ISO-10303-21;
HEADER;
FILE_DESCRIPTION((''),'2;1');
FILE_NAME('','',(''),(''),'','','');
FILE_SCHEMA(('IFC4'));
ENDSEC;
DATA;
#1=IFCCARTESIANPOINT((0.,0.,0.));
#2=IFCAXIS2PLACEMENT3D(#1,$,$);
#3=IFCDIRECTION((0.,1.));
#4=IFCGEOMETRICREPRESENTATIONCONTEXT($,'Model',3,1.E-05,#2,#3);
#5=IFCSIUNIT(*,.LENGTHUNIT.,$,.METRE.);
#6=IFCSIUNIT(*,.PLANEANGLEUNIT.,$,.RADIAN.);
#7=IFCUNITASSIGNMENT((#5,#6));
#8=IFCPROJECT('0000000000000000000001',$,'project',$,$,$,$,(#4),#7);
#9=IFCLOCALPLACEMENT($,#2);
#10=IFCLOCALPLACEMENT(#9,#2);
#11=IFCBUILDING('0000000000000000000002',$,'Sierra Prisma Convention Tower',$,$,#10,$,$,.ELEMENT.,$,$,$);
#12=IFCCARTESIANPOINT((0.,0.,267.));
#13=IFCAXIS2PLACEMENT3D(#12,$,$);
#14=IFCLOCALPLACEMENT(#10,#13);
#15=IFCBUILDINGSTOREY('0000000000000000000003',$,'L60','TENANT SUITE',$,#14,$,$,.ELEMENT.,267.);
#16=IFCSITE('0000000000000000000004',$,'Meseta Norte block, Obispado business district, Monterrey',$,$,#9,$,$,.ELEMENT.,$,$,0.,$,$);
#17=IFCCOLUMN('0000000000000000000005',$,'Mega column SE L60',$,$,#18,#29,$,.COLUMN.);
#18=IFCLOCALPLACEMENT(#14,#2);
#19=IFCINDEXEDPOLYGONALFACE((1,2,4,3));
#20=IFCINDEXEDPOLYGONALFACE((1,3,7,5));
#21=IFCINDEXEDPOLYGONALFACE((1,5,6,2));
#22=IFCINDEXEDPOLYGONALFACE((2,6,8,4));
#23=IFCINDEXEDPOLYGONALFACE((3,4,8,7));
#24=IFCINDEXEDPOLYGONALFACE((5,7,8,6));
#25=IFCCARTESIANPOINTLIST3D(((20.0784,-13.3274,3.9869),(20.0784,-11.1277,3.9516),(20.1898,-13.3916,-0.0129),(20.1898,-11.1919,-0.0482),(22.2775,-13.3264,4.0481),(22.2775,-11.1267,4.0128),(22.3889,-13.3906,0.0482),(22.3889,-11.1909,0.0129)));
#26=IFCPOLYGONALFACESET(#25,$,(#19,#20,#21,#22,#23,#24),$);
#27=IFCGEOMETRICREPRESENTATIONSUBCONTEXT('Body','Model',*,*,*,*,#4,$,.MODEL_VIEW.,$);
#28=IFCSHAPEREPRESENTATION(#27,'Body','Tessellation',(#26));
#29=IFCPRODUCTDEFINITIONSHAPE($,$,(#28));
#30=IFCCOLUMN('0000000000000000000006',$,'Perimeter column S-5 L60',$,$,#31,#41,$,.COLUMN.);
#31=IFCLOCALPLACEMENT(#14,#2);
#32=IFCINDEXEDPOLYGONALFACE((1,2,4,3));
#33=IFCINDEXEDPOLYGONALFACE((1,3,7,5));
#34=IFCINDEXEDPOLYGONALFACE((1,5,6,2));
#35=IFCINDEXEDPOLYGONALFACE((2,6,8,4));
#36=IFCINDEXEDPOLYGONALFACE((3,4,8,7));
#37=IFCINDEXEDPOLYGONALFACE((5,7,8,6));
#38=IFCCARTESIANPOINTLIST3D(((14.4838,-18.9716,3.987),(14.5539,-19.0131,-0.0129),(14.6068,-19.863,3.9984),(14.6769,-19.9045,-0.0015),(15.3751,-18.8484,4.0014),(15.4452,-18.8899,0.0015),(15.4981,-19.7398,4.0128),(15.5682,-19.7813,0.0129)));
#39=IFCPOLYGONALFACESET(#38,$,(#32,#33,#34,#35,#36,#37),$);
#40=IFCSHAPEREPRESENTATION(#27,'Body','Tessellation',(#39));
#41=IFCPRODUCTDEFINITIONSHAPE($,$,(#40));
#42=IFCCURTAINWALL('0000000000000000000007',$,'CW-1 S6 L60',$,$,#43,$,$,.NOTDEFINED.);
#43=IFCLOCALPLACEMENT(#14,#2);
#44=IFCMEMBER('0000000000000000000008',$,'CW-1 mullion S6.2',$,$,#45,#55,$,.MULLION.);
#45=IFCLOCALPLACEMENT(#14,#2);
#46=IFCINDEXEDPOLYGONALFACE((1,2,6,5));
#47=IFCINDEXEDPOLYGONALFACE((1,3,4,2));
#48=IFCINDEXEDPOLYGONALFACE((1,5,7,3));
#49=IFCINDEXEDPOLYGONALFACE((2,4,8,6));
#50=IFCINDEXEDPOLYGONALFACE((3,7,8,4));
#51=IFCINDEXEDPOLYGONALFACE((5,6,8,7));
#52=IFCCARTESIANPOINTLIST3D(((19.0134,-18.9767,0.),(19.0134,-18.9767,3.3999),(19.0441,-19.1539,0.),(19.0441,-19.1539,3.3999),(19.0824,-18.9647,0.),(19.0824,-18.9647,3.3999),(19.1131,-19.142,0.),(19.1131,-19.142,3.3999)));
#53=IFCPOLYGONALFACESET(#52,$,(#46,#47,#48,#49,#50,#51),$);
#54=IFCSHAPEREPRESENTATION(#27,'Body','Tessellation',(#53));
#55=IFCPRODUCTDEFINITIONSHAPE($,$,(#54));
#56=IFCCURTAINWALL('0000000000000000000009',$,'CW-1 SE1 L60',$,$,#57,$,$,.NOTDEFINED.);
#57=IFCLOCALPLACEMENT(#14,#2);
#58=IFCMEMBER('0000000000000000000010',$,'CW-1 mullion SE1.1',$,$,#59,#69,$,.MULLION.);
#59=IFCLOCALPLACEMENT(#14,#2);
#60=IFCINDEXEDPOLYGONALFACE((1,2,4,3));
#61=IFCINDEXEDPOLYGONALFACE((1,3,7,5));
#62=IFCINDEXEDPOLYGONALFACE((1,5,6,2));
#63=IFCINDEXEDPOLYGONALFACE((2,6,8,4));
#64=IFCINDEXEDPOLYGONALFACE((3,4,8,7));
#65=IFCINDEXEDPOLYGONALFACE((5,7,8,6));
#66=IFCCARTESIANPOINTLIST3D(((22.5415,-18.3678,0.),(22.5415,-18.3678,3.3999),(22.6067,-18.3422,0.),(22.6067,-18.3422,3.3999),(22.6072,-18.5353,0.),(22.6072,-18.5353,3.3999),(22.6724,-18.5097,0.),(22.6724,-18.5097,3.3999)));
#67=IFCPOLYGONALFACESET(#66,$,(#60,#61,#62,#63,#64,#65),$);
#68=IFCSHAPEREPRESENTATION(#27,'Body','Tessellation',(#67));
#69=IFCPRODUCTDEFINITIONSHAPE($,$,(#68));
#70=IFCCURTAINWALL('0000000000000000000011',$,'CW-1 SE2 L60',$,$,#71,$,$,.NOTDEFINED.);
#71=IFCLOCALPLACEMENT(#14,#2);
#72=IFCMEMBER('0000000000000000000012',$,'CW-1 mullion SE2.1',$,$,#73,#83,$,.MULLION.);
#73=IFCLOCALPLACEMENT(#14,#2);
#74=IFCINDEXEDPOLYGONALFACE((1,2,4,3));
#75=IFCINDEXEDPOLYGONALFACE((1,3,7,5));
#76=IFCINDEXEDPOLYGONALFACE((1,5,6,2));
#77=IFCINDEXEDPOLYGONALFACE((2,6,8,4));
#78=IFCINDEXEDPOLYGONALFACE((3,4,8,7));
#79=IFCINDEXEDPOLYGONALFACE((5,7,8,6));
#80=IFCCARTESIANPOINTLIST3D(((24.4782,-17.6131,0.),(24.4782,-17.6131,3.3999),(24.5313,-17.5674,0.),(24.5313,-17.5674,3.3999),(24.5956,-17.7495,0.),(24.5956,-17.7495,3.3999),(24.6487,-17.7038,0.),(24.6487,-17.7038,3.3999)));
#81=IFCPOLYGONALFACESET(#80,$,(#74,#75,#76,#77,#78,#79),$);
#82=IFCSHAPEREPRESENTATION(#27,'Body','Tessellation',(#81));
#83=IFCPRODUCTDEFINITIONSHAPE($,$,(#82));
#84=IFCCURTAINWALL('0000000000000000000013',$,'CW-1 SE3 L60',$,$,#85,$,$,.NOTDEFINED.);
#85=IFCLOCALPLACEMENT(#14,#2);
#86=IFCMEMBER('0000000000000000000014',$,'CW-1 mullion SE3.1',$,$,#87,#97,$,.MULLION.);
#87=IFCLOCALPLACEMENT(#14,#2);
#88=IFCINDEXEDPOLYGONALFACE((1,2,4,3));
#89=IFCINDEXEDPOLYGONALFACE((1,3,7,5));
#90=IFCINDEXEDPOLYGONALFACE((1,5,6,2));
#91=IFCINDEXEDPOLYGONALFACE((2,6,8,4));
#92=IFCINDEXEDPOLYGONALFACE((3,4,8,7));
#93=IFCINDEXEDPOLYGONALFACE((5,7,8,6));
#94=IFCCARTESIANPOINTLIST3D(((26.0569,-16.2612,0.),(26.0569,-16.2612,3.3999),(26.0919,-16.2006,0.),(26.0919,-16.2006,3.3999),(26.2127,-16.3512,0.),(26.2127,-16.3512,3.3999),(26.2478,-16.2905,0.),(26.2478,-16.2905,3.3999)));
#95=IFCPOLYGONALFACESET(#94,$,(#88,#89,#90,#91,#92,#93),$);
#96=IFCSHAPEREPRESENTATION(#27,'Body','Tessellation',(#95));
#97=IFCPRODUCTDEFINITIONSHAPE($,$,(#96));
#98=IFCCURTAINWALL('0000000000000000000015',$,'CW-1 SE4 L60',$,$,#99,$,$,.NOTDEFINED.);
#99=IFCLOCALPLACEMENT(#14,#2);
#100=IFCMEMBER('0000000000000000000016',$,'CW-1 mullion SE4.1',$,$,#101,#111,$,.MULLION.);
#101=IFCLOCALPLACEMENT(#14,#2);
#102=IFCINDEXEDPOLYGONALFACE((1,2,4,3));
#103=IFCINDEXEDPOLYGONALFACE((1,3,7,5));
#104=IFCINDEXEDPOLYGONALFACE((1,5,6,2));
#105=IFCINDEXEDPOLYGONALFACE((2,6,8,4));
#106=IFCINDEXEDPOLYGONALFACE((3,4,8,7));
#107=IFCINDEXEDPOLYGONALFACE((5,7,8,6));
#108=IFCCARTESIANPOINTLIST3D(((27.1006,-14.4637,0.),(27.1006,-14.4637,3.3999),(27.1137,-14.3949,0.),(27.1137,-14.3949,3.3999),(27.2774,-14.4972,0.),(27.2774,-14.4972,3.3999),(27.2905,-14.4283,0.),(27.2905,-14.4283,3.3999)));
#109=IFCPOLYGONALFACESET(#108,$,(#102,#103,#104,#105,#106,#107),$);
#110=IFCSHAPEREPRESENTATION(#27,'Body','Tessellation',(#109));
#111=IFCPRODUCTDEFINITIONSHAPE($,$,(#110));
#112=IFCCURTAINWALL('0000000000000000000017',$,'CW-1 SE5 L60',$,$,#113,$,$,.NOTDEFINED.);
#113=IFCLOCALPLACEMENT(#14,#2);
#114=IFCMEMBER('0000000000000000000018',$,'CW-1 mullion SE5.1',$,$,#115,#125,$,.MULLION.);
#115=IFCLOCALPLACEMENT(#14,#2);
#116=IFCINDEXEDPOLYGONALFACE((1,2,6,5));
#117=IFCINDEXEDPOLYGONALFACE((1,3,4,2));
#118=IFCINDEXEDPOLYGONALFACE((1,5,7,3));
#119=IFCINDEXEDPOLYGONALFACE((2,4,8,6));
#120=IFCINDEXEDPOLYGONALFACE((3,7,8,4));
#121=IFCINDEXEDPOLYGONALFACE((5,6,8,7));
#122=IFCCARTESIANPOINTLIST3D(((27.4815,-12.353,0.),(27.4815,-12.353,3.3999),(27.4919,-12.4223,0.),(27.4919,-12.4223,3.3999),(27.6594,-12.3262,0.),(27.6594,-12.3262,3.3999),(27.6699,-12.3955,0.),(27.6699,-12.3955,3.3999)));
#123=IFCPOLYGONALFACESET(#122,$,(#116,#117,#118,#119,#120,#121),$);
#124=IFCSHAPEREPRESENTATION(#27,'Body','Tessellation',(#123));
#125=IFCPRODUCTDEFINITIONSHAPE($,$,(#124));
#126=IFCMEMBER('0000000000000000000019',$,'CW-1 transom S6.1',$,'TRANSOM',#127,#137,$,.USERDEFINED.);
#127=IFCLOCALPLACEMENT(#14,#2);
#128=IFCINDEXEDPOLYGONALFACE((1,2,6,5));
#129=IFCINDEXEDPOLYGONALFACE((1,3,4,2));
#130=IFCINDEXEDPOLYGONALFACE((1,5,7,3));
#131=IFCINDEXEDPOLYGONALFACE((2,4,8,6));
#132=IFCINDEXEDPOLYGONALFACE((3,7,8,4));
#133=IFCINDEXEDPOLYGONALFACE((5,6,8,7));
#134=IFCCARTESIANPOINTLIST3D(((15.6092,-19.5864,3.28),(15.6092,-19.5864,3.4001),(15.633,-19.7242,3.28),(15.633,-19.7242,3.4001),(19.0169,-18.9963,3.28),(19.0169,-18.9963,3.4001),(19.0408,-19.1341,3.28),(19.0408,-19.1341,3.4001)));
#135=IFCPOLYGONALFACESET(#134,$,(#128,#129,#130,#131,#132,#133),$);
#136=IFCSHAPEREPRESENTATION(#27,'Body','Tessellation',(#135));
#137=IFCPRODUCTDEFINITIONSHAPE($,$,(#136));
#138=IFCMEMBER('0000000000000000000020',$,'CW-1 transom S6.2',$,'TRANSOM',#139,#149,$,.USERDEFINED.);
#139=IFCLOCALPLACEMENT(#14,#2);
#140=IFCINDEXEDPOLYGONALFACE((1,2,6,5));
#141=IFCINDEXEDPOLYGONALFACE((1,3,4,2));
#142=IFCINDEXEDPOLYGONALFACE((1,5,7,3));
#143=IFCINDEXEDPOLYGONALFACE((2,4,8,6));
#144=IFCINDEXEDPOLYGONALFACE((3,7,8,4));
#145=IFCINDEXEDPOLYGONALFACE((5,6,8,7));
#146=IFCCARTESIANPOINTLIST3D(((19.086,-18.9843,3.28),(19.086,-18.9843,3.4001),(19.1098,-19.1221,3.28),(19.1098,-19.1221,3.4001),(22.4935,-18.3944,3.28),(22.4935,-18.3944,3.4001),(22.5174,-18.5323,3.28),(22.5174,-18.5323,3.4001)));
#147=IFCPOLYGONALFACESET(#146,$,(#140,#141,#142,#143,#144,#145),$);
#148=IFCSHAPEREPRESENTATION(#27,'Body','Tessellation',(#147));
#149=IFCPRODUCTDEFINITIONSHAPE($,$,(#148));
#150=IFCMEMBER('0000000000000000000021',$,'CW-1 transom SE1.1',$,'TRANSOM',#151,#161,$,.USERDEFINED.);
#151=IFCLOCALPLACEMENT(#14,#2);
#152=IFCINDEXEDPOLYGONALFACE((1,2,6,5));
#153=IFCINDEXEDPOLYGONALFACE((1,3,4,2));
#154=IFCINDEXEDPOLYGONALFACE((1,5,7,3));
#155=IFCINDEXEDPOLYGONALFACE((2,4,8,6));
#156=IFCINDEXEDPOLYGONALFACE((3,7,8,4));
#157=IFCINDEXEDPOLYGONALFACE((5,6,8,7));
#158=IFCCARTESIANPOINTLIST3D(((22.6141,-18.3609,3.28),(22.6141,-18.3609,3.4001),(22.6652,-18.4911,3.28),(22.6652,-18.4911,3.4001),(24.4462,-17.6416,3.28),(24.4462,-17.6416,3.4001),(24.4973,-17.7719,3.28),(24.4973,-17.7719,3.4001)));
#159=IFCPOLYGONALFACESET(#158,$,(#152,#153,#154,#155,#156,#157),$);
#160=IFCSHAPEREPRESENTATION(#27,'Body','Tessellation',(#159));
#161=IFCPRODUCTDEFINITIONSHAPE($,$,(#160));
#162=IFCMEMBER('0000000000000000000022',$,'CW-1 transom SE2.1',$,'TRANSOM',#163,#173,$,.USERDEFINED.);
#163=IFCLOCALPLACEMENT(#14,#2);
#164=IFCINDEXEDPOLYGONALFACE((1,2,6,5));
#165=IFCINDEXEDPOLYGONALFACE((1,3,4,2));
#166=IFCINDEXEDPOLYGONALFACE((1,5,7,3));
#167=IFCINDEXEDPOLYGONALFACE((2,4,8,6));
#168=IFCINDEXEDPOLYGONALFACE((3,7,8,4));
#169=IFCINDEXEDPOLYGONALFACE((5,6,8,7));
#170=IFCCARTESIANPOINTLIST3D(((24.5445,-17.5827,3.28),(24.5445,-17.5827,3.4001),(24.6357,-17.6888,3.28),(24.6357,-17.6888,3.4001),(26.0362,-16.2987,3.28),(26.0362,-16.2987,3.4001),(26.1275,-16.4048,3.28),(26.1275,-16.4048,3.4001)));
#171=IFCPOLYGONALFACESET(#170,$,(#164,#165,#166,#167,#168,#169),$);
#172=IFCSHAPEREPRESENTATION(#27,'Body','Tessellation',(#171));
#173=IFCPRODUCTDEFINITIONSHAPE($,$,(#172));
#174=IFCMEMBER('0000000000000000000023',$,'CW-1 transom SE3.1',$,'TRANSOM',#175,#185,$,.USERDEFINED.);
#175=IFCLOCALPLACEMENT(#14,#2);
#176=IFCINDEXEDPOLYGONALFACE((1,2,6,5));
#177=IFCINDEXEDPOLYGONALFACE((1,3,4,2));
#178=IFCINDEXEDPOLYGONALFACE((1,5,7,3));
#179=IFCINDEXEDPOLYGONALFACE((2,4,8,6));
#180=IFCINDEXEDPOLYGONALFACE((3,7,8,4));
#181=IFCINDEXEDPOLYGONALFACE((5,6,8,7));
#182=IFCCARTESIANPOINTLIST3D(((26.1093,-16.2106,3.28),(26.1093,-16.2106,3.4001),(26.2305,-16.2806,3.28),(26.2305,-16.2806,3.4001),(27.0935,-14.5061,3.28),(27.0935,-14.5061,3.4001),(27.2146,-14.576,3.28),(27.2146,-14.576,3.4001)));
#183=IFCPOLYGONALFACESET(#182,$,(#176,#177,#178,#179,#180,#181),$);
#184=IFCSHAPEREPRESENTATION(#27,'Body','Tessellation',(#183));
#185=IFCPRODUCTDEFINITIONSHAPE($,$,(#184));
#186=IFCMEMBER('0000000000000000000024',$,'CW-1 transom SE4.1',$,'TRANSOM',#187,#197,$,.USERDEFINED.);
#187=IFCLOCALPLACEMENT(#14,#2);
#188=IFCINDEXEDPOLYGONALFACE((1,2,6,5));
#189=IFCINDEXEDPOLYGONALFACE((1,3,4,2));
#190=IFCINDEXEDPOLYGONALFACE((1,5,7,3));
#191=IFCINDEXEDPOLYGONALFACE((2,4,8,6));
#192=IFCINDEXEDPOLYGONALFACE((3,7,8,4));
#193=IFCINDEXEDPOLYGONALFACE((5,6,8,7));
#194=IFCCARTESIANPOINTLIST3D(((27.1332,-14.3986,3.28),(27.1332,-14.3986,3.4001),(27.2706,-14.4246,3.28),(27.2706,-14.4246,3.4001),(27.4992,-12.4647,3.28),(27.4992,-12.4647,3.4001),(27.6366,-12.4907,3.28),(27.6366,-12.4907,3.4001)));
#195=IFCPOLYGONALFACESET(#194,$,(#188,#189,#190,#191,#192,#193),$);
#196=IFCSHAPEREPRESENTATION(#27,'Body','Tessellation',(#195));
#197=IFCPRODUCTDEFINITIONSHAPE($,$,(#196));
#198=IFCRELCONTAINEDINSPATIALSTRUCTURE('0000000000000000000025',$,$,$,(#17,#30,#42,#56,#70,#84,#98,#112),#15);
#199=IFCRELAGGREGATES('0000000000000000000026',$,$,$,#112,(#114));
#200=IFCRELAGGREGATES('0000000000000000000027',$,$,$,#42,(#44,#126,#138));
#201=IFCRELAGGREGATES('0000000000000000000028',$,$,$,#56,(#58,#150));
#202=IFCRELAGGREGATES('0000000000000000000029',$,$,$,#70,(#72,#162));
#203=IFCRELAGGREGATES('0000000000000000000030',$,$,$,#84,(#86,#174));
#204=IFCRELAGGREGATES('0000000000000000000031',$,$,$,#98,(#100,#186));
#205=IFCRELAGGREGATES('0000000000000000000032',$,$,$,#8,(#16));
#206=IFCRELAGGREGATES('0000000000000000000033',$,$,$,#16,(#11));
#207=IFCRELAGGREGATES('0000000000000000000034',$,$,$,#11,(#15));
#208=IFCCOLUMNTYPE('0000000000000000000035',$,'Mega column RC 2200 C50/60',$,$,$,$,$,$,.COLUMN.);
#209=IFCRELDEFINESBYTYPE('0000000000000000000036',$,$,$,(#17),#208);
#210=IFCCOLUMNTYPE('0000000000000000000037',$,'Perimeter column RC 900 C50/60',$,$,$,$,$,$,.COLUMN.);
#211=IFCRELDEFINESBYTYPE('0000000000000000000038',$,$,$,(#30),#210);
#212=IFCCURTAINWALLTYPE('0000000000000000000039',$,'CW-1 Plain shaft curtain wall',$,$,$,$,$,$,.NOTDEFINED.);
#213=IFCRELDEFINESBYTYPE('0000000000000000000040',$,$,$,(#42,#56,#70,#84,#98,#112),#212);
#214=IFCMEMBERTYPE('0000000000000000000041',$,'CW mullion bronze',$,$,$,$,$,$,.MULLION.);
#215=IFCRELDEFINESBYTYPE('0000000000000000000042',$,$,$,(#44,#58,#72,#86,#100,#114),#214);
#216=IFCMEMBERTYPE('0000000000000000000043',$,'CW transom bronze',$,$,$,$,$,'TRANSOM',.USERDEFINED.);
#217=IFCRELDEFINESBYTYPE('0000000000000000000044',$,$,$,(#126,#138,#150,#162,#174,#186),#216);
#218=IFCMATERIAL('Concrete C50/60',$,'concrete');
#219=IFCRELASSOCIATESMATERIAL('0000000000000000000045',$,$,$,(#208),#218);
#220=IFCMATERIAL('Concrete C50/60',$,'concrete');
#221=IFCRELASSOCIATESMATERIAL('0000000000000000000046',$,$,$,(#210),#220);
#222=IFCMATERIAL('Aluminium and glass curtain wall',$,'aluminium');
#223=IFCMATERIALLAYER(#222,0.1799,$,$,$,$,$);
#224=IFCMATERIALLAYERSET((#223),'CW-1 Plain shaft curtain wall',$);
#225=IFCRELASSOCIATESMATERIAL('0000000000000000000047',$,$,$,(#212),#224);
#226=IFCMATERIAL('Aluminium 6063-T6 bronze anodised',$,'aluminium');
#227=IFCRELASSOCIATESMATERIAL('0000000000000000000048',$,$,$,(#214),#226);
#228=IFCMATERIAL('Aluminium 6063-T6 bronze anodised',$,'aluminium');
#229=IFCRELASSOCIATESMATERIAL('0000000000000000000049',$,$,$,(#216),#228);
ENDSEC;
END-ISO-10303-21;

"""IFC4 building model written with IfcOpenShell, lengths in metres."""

from ifc_helpers import new_model, si_unit, direction, frame, origin, origin_2d, place, context, subcontext, project, spatial, rectangle, extrude, material, layer, layer_set, material_profile, profile_set, type_object, element, aggregate, save


model = new_model("IFC4")

# Units and contexts
model_context = context("Model", 3, precision=1e-05, world=origin(), true_north=direction((0.0, 1.0)))
body_context = subcontext(model_context, "Body", "Model", "MODEL_VIEW")
ifc_project = project(units=[si_unit("LENGTHUNIT", "METRE"), si_unit("PLANEANGLEUNIT", "RADIAN")], contexts=[model_context])

# Site, building, storey
site_placement = place(None, origin())
site = spatial("IfcSite", under=ifc_project, at=site_placement, Name="Meseta Norte block, Obispado business district, Monterrey", CompositionType="ELEMENT", RefElevation=0.0)
building_placement = place(site_placement, origin())
building = spatial("IfcBuilding", under=site, at=building_placement, Name="Sierra Prisma Convention Tower", CompositionType="ELEMENT")
storey_placement = place(building_placement, frame((0.0, 0.0, 267.0)))
storey = spatial("IfcBuildingStorey", under=building, at=storey_placement, Name="L60", Description="TENANT SUITE", CompositionType="ELEMENT", Elevation=267.0)

# Columns
ifc_material_1 = material(Name="Concrete C50/60", Category="concrete")
ifc_material_profile_1 = material_profile(ifc_material_1, rectangle(XDim=2.2, YDim=2.2, at=origin_2d()), Name="Mega column RC 2200 C50/60")
ifc_profile_set_1 = profile_set([ifc_material_profile_1], Name="Concrete C50/60")
column_type_1 = type_object("IfcColumnType", Name="Mega column RC 2200 C50/60", PredefinedType="COLUMN", material=ifc_profile_set_1)
column_1_placement = place(storey_placement, frame((21.2893, -12.2913, 0.0), z_axis=(-0.027818, 0.016044, 0.999484), x_axis=(0.999613, 0.000446, 0.027814)))
element("IfcColumn", 1, at=column_1_placement, inside=storey, type_object=column_type_1, Name="Mega column SE L60", PredefinedType="COLUMN", context=body_context, shape_type="SweptSolid", body=[
    extrude(rectangle(XDim=2.2, YDim=2.2, at=origin_2d()), origin(), (0.0, 0.0, 1.0), 4.002),
])
ifc_material_2 = material(Name="Concrete C50/60", Category="concrete")
ifc_material_profile_2 = material_profile(ifc_material_2, rectangle(XDim=0.8999, YDim=0.8999, at=origin_2d()), Name="Perimeter column RC 900 C50/60")
ifc_profile_set_2 = profile_set([ifc_material_profile_2], Name="Concrete C50/60")
column_type_2 = type_object("IfcColumnType", Name="Perimeter column RC 900 C50/60", PredefinedType="COLUMN", material=ifc_profile_set_2)
column_2_placement = place(storey_placement, frame((15.061, -19.3972, 0.0), z_axis=(-0.017513, 0.010374, 0.999793), x_axis=(0.990461, 0.136872, 0.01593)))
element("IfcColumn", 2, at=column_2_placement, inside=storey, type_object=column_type_2, Name="Perimeter column S-5 L60", PredefinedType="COLUMN", context=body_context, shape_type="SweptSolid", body=[
    extrude(rectangle(XDim=0.8999, YDim=0.8999, at=origin_2d()), origin(), (0.0, 0.0, 1.0), 4.0007),
])

# Curtain walls, members
ifc_material_3 = material(Name="Aluminium and glass curtain wall", Category="aluminium")
ifc_layer_1 = layer(ifc_material_3, 0.1799)
ifc_layer_set_1 = layer_set([ifc_layer_1], Name="CW-1 Plain shaft curtain wall")
curtain_wall_type = type_object("IfcCurtainWallType", Name="CW-1 Plain shaft curtain wall", PredefinedType="NOTDEFINED", material=ifc_layer_set_1)
curtain_wall_1_placement = place(storey_placement, origin())
curtain_wall_1 = element("IfcCurtainWall", 3, at=curtain_wall_1_placement, inside=storey, type_object=curtain_wall_type, Name="CW-1 S6 L60", PredefinedType="NOTDEFINED")
ifc_material_4 = material(Name="Aluminium 6063-T6 bronze anodised", Category="aluminium")
ifc_material_profile_3 = material_profile(ifc_material_4, rectangle(XDim=0.1799, YDim=0.0701, at=origin_2d()), Name="ALU MULLION 70x180")
ifc_profile_set_3 = profile_set([ifc_material_profile_3], Name="Aluminium 6063-T6 bronze anodised")
member_type_1 = type_object("IfcMemberType", Name="CW mullion bronze", PredefinedType="MULLION", material=ifc_profile_set_3)
member_1_placement = place(storey_placement, frame((19.0632, -19.0593, 0.0), z_axis=(0.0, 0.0, 1.0), x_axis=(-0.170573, 0.985345, 0.0)))
member_1 = element("IfcMember", 4, at=member_1_placement, type_object=member_type_1, Name="CW-1 mullion S6.2", PredefinedType="MULLION", context=body_context, shape_type="SweptSolid", body=[
    extrude(rectangle(XDim=0.1799, YDim=0.0701, at=origin_2d()), origin(), (0.0, 0.0, 1.0), 3.3999),
])
curtain_wall_2_placement = place(storey_placement, origin())
curtain_wall_2 = element("IfcCurtainWall", 5, at=curtain_wall_2_placement, inside=storey, type_object=curtain_wall_type, Name="CW-1 SE1 L60", PredefinedType="NOTDEFINED")
member_2_placement = place(storey_placement, frame((22.6069, -18.4387, 0.0), z_axis=(0.0, 0.0, 1.0), x_axis=(-0.365336, 0.930876, 0.0)))
member_2 = element("IfcMember", 6, at=member_2_placement, type_object=member_type_1, Name="CW-1 mullion SE1.1", PredefinedType="MULLION", context=body_context, shape_type="SweptSolid", body=[
    extrude(rectangle(XDim=0.1799, YDim=0.0701, at=origin_2d()), origin(), (0.0, 0.0, 1.0), 3.3999),
])
curtain_wall_3_placement = place(storey_placement, origin())
curtain_wall_3 = element("IfcCurtainWall", 7, at=curtain_wall_3_placement, inside=storey, type_object=curtain_wall_type, Name="CW-1 SE2 L60", PredefinedType="NOTDEFINED")
member_3_placement = place(storey_placement, frame((24.5635, -17.6584, 0.0), z_axis=(0.0, 0.0, 1.0), x_axis=(-0.652285, 0.757973, 0.0)))
member_3 = element("IfcMember", 8, at=member_3_placement, type_object=member_type_1, Name="CW-1 mullion SE2.1", PredefinedType="MULLION", context=body_context, shape_type="SweptSolid", body=[
    extrude(rectangle(XDim=0.1799, YDim=0.0701, at=origin_2d()), origin(), (0.0, 0.0, 1.0), 3.3999),
])
curtain_wall_4_placement = place(storey_placement, origin())
curtain_wall_4 = element("IfcCurtainWall", 9, at=curtain_wall_4_placement, inside=storey, type_object=curtain_wall_type, Name="CW-1 SE3 L60", PredefinedType="NOTDEFINED")
member_4_placement = place(storey_placement, frame((26.1523, -16.2759, 0.0), z_axis=(0.0, 0.0, 1.0), x_axis=(-0.866025, 0.5, 0.0)))
member_4 = element("IfcMember", 10, at=member_4_placement, type_object=member_type_1, Name="CW-1 mullion SE3.1", PredefinedType="MULLION", context=body_context, shape_type="SweptSolid", body=[
    extrude(rectangle(XDim=0.1799, YDim=0.0701, at=origin_2d()), origin(), (0.0, 0.0, 1.0), 3.3999),
])
curtain_wall_5_placement = place(storey_placement, origin())
curtain_wall_5 = element("IfcCurtainWall", 11, at=curtain_wall_5_placement, inside=storey, type_object=curtain_wall_type, Name="CW-1 SE4 L60", PredefinedType="NOTDEFINED")
member_5_placement = place(storey_placement, frame((27.1956, -14.446, 0.0), z_axis=(0.0, 0.0, 1.0), x_axis=(-0.982567, 0.185909, 0.0)))
member_5 = element("IfcMember", 12, at=member_5_placement, type_object=member_type_1, Name="CW-1 mullion SE4.1", PredefinedType="MULLION", context=body_context, shape_type="SweptSolid", body=[
    extrude(rectangle(XDim=0.1799, YDim=0.0701, at=origin_2d()), origin(), (0.0, 0.0, 1.0), 3.3999),
])
curtain_wall_6_placement = place(storey_placement, origin())
curtain_wall_6 = element("IfcCurtainWall", 13, at=curtain_wall_6_placement, inside=storey, type_object=curtain_wall_type, Name="CW-1 SE5 L60", PredefinedType="NOTDEFINED")
member_6_placement = place(storey_placement, frame((27.5757, -12.3743, 0.0), z_axis=(0.0, 0.0, 1.0), x_axis=(-0.98883, -0.149048, 0.0)))
member_6 = element("IfcMember", 14, at=member_6_placement, type_object=member_type_1, Name="CW-1 mullion SE5.1", PredefinedType="MULLION", context=body_context, shape_type="SweptSolid", body=[
    extrude(rectangle(XDim=0.1799, YDim=0.0701, at=origin_2d()), origin(), (0.0, 0.0, 1.0), 3.3999),
])

# Members
ifc_material_5 = material(Name="Aluminium 6063-T6 bronze anodised", Category="aluminium")
ifc_material_profile_4 = material_profile(ifc_material_5, rectangle(XDim=0.1399, YDim=0.1201, at=origin_2d()), Name="ALU TRANSOM 120x140")
ifc_profile_set_4 = profile_set([ifc_material_profile_4], Name="Aluminium 6063-T6 bronze anodised")
member_type_2 = type_object("IfcMemberType", Name="CW transom bronze", ElementType="TRANSOM", PredefinedType="USERDEFINED", material=ifc_profile_set_4)
member_7_placement = place(storey_placement, frame((15.6211, -19.6553, 3.3401), z_axis=(0.985336, 0.170623, 0.0), x_axis=(-0.170623, 0.985336, 0.0)))
member_7 = element("IfcMember", 15, at=member_7_placement, type_object=member_type_2, Name="CW-1 transom S6.1", ObjectType="TRANSOM", PredefinedType="USERDEFINED", context=body_context, shape_type="SweptSolid", body=[
    extrude(rectangle(XDim=0.1399, YDim=0.1201, at=origin_2d()), origin(), (0.0, 0.0, 1.0), 3.4585),
])
member_8_placement = place(storey_placement, frame((19.0979, -19.0532, 3.3401), z_axis=(0.985346, 0.170566, 0.0), x_axis=(-0.170566, 0.985346, 0.0)))
member_8 = element("IfcMember", 16, at=member_8_placement, type_object=member_type_2, Name="CW-1 transom S6.2", ObjectType="TRANSOM", PredefinedType="USERDEFINED", context=body_context, shape_type="SweptSolid", body=[
    extrude(rectangle(XDim=0.1399, YDim=0.1201, at=origin_2d()), origin(), (0.0, 0.0, 1.0), 3.4583),
])
member_9_placement = place(storey_placement, frame((22.6396, -18.426, 3.3401), z_axis=(0.930836, 0.365437, 0.0), x_axis=(-0.365437, 0.930836, 0.0)))
member_9 = element("IfcMember", 17, at=member_9_placement, type_object=member_type_2, Name="CW-1 transom SE1.1", ObjectType="TRANSOM", PredefinedType="USERDEFINED", context=body_context, shape_type="SweptSolid", body=[
    extrude(rectangle(XDim=0.1399, YDim=0.1201, at=origin_2d()), origin(), (0.0, 0.0, 1.0), 1.9683),
])
member_10_placement = place(storey_placement, frame((24.5901, -17.6357, 3.3401), z_axis=(0.757915, 0.652353, 0.0), x_axis=(-0.652353, 0.757915, 0.0)))
member_10 = element("IfcMember", 18, at=member_10_placement, type_object=member_type_2, Name="CW-1 transom SE2.1", ObjectType="TRANSOM", PredefinedType="USERDEFINED", context=body_context, shape_type="SweptSolid", body=[
    extrude(rectangle(XDim=0.1399, YDim=0.1201, at=origin_2d()), origin(), (0.0, 0.0, 1.0), 1.9683),
])
member_11_placement = place(storey_placement, frame((26.1699, -16.2456, 3.3401), z_axis=(0.499994, 0.866029, 0.0), x_axis=(-0.866029, 0.499994, 0.0)))
member_11 = element("IfcMember", 19, at=member_11_placement, type_object=member_type_2, Name="CW-1 transom SE3.1", ObjectType="TRANSOM", PredefinedType="USERDEFINED", context=body_context, shape_type="SweptSolid", body=[
    extrude(rectangle(XDim=0.1399, YDim=0.1201, at=origin_2d()), origin(), (0.0, 0.0, 1.0), 1.9683),
])
member_12_placement = place(storey_placement, frame((27.2019, -14.4116, 3.3401), z_axis=(0.185943, 0.98256, 0.0), x_axis=(-0.98256, 0.185943, 0.0)))
member_12 = element("IfcMember", 20, at=member_12_placement, type_object=member_type_2, Name="CW-1 transom SE4.1", ObjectType="TRANSOM", PredefinedType="USERDEFINED", context=body_context, shape_type="SweptSolid", body=[
    extrude(rectangle(XDim=0.1399, YDim=0.1201, at=origin_2d()), origin(), (0.0, 0.0, 1.0), 1.9683),
])
aggregate(curtain_wall_6, [member_6])

aggregate(curtain_wall_1, [member_1, member_7, member_8])
aggregate(curtain_wall_2, [member_2, member_9])
aggregate(curtain_wall_3, [member_3, member_10])
aggregate(curtain_wall_4, [member_4, member_11])
aggregate(curtain_wall_5, [member_5, member_12])

save(model, "model.ifc")
